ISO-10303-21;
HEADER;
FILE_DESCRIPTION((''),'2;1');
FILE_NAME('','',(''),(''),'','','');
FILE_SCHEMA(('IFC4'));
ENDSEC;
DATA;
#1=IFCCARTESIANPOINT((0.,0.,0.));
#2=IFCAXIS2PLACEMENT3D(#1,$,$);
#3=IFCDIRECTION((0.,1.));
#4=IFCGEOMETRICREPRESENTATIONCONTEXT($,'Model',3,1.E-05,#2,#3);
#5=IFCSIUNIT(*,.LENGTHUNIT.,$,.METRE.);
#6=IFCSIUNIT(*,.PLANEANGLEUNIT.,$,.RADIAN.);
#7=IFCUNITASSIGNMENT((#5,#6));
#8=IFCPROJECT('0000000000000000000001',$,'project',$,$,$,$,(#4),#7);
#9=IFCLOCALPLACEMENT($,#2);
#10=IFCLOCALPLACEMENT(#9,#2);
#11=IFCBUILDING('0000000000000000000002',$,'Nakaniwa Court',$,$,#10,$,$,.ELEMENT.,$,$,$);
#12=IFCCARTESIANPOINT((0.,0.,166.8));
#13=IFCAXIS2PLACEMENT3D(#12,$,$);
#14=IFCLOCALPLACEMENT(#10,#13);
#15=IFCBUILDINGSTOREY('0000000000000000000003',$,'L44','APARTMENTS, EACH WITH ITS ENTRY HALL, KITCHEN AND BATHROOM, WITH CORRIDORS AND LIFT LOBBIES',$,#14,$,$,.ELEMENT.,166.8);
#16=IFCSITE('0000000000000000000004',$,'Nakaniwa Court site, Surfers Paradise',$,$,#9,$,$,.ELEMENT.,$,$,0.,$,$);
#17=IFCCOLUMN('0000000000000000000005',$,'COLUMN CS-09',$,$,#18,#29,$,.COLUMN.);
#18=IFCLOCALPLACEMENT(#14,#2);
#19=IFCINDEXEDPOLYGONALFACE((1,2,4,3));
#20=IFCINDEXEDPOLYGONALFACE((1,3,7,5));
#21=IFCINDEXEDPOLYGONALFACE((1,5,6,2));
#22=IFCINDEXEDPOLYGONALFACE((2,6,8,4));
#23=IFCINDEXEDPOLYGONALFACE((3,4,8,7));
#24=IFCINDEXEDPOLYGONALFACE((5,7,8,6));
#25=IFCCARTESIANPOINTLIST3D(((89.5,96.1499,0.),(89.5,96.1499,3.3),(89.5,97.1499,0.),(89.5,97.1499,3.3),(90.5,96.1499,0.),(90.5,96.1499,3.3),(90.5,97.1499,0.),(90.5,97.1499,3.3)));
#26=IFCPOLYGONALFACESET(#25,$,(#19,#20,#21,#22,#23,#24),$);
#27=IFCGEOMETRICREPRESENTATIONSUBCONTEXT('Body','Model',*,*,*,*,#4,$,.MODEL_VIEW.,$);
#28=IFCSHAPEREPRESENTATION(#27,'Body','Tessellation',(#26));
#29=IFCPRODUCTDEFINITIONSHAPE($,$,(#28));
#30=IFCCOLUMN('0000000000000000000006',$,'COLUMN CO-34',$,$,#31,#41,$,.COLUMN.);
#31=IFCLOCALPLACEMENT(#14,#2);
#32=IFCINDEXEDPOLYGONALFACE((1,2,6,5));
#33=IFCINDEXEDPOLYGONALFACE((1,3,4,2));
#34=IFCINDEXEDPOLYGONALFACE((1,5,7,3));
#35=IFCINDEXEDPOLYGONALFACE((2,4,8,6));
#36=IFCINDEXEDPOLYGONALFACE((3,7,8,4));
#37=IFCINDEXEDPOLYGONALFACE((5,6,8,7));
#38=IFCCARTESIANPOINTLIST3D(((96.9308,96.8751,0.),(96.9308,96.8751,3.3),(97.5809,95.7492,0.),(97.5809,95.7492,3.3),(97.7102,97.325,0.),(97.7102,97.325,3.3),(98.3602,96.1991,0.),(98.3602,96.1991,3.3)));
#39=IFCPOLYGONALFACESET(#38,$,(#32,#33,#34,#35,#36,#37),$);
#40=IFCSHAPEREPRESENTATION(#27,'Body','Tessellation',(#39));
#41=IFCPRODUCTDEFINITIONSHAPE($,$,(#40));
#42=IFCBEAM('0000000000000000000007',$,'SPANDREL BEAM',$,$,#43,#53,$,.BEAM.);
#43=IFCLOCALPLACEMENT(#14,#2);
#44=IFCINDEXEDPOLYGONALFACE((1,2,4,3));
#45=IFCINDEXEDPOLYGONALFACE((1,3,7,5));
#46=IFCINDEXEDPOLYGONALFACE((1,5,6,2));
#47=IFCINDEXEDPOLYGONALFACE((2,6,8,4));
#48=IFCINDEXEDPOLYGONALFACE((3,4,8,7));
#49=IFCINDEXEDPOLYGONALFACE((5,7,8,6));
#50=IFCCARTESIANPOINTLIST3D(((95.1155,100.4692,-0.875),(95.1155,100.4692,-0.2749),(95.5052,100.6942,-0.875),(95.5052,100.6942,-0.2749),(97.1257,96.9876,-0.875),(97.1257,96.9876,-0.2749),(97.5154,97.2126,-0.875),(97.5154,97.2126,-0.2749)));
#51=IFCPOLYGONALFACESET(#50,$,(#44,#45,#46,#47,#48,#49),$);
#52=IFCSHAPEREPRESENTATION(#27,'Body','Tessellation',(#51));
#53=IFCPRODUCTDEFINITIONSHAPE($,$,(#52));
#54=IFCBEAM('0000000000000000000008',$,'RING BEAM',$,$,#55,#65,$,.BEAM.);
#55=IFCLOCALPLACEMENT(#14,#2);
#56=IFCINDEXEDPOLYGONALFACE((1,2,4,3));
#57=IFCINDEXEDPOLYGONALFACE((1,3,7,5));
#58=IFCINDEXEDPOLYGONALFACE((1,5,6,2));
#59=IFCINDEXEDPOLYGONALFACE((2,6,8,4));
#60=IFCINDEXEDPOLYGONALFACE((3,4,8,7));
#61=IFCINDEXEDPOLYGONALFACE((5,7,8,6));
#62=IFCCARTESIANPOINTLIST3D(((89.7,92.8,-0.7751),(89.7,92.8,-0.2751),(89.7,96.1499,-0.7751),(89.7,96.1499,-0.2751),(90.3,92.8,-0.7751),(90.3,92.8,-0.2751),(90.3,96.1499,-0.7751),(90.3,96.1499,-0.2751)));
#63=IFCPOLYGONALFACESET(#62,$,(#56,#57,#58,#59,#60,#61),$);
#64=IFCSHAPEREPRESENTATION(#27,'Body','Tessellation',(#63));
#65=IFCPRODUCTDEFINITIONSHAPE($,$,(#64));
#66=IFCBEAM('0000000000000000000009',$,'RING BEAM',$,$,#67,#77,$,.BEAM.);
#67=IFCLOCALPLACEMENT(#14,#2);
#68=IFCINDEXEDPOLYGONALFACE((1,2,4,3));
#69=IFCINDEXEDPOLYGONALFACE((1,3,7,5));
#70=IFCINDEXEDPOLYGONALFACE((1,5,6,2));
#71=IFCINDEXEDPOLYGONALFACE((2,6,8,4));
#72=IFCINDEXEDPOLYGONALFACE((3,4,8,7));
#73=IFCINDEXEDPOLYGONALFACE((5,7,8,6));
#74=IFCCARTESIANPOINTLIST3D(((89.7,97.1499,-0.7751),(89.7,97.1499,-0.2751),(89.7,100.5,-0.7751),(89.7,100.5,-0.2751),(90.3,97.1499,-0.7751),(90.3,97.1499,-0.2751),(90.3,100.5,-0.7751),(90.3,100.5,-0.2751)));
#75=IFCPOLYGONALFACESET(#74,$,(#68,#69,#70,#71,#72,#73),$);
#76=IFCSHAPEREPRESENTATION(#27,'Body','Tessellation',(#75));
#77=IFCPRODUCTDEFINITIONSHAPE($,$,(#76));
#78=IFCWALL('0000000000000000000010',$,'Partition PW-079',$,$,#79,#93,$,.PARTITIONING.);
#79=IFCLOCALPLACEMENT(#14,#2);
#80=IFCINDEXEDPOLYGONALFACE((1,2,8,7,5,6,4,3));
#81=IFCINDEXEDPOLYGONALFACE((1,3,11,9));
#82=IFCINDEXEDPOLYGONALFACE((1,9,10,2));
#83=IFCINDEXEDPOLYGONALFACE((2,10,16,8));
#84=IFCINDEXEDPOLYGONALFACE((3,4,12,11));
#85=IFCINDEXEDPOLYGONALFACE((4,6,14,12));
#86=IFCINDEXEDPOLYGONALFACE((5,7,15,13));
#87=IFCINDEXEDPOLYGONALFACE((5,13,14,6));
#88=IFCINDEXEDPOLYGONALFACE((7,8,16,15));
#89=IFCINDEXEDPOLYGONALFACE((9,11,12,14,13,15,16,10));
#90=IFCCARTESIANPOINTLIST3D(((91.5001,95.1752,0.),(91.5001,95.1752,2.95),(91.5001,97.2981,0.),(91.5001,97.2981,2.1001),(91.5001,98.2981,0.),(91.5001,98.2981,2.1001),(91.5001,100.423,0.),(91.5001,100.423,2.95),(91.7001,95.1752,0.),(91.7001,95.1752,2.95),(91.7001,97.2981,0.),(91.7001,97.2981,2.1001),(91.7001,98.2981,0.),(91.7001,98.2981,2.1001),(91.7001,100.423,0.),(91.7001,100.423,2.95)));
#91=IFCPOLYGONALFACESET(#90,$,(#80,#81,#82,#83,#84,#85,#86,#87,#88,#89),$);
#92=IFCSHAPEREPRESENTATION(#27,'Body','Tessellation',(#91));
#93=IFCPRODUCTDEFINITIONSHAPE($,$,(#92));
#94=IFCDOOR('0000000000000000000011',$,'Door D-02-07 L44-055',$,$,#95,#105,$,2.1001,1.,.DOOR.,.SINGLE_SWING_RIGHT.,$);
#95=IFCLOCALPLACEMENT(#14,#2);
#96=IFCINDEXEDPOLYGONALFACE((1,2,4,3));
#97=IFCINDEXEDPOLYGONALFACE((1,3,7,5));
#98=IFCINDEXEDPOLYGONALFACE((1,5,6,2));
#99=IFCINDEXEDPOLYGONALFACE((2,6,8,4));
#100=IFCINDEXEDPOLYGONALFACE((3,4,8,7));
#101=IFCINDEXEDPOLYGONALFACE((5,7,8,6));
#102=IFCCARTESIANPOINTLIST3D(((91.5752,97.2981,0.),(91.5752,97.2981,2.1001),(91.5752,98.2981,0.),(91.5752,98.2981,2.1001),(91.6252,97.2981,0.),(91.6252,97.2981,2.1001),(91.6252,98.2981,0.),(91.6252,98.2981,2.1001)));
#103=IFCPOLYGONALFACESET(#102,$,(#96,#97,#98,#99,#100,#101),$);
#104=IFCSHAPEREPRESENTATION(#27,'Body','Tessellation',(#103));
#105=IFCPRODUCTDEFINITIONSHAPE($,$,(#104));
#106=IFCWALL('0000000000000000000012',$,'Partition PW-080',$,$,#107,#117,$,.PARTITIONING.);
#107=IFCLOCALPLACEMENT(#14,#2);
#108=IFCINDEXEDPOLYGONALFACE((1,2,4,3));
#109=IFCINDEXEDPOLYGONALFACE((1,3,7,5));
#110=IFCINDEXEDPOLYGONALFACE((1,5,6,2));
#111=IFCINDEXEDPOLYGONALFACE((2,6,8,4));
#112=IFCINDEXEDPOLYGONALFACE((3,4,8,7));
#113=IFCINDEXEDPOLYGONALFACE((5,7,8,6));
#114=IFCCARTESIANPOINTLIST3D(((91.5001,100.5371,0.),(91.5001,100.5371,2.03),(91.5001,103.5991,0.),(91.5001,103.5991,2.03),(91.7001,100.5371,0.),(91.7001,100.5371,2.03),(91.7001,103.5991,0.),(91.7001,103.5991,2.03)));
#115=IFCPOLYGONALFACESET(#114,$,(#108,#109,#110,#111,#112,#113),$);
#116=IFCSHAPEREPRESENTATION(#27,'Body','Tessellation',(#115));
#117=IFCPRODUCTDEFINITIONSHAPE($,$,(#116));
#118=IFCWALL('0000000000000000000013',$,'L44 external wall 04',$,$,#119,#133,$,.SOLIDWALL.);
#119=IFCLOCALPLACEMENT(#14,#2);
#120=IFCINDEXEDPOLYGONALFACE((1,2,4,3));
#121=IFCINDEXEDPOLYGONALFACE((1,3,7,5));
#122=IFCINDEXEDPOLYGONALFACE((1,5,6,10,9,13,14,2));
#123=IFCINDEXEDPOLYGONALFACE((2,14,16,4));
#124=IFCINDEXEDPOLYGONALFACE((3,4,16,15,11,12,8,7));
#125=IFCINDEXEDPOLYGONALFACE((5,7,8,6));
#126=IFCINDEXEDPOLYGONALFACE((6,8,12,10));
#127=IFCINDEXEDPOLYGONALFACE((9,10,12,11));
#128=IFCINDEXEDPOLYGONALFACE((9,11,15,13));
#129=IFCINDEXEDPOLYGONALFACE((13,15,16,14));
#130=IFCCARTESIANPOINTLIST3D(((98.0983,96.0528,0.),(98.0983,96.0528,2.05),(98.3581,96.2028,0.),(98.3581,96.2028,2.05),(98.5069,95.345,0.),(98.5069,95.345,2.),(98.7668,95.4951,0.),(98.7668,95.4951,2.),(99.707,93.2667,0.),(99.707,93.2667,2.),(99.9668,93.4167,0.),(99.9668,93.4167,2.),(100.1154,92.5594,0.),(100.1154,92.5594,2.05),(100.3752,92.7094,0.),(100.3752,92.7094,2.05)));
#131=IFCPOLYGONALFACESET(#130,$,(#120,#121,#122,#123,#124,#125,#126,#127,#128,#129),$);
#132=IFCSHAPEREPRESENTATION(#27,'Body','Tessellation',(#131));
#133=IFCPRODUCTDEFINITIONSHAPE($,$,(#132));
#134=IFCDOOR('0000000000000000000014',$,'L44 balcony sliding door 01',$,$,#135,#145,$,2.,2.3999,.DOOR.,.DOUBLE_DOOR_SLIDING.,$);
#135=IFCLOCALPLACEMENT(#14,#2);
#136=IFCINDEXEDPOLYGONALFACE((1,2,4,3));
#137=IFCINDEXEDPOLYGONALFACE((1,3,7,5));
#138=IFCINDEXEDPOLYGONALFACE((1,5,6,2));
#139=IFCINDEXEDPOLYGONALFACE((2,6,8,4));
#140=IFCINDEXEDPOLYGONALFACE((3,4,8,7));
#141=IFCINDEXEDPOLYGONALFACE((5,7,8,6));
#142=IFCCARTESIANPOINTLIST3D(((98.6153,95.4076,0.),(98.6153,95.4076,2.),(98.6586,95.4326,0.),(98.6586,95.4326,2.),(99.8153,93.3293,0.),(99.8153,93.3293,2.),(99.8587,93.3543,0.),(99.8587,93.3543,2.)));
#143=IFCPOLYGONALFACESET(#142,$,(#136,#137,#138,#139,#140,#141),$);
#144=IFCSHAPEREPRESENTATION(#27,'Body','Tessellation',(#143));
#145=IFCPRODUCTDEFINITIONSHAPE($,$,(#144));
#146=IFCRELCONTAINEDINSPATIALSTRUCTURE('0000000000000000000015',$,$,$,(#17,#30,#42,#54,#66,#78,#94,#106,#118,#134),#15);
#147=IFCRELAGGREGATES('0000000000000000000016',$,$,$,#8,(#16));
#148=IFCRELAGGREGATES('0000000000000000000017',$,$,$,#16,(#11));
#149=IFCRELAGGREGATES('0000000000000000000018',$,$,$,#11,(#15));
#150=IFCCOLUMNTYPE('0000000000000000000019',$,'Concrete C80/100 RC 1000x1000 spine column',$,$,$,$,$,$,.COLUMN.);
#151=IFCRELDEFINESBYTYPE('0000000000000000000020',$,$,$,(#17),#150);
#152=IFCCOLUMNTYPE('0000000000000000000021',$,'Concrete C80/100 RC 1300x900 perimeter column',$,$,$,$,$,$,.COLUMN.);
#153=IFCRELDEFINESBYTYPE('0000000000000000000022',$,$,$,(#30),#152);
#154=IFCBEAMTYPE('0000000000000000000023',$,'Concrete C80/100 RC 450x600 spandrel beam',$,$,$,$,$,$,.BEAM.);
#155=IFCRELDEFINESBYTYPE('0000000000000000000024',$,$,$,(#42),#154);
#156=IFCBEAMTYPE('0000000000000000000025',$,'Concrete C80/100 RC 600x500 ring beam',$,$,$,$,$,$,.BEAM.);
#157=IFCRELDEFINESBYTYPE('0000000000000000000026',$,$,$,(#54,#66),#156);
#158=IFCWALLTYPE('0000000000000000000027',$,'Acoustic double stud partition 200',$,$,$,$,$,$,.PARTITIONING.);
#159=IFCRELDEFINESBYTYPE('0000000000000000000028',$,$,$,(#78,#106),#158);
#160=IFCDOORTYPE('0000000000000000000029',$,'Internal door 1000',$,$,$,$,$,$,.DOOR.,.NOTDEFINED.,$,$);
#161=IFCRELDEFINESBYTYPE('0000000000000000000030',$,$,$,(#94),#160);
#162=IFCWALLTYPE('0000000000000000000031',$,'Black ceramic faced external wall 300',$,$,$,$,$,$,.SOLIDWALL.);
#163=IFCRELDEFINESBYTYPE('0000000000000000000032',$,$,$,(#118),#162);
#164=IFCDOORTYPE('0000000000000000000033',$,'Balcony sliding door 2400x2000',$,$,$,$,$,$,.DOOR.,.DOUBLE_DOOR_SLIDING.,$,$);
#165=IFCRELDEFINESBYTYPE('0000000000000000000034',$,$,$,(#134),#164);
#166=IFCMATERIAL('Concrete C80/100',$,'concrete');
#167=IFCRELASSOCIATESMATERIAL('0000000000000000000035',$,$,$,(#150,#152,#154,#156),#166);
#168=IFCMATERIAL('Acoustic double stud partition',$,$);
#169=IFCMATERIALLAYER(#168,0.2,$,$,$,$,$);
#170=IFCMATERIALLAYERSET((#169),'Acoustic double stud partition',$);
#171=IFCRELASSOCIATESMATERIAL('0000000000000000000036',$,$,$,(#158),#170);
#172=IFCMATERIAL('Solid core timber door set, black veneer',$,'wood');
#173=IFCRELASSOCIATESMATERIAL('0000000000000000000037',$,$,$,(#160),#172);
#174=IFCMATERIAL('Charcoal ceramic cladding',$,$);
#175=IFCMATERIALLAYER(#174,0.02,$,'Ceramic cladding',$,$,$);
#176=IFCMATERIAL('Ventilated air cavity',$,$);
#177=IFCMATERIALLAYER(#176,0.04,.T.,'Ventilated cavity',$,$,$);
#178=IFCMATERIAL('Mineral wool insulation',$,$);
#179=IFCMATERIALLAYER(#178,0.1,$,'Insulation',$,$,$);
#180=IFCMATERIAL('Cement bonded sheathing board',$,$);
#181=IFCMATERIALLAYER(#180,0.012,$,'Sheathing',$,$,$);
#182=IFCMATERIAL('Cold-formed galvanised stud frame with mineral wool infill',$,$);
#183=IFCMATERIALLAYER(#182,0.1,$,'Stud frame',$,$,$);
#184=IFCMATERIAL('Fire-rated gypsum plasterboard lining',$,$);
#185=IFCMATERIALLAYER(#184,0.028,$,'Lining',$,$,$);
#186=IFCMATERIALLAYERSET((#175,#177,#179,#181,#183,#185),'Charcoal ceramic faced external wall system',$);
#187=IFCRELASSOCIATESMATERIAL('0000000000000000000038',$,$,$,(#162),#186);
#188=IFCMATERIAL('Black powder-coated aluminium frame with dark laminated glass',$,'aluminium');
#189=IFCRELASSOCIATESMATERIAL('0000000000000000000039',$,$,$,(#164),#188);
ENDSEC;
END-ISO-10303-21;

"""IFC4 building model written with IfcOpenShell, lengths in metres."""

from ifc_helpers import new_model, si_unit, direction, frame, frame_2d, origin, origin_2d, place, context, subcontext, project, spatial, rectangle, extrude, material, layer, layer_set, material_profile, profile_set, type_object, element, fill, save


model = new_model("IFC4")

# Units and contexts
model_context = context("Model", 3, precision=1e-05, world=origin(), true_north=direction((0.0, 1.0)))
body_context = subcontext(model_context, "Body", "Model", "MODEL_VIEW")
ifc_project = project(units=[si_unit("LENGTHUNIT", "METRE"), si_unit("PLANEANGLEUNIT", "RADIAN")], contexts=[model_context])

# Site, building, storey
site_placement = place(None, origin())
site = spatial("IfcSite", under=ifc_project, at=site_placement, Name="Nakaniwa Court site, Surfers Paradise", CompositionType="ELEMENT", RefElevation=0.0)
building_placement = place(site_placement, origin())
building = spatial("IfcBuilding", under=site, at=building_placement, Name="Nakaniwa Court", CompositionType="ELEMENT")
storey_placement = place(building_placement, frame((0.0, 0.0, 166.8)))
storey = spatial("IfcBuildingStorey", under=building, at=storey_placement, Name="L44", Description="APARTMENTS, EACH WITH ITS ENTRY HALL, KITCHEN AND BATHROOM, WITH CORRIDORS AND LIFT LOBBIES", CompositionType="ELEMENT", Elevation=166.8)

# Columns
ifc_material_1 = material(Name="Concrete C80/100", Category="concrete")
ifc_material_profile_1 = material_profile(ifc_material_1, rectangle(XDim=1.0, YDim=1.0, at=origin_2d()), Name="Concrete C80/100 RC 1000x1000 spine column")
ifc_profile_set_1 = profile_set([ifc_material_profile_1], Name="Concrete C80/100")
column_type_1 = type_object("IfcColumnType", Name="Concrete C80/100 RC 1000x1000 spine column", PredefinedType="COLUMN", material=ifc_profile_set_1)
column_1_placement = place(storey_placement, frame((90.0, 96.6499, 0.0), z_axis=(0.0, 0.0, 1.0), x_axis=(0.0, 1.0, 0.0)))
element("IfcColumn", 1, at=column_1_placement, inside=storey, type_object=column_type_1, Name="COLUMN CS-09", PredefinedType="COLUMN", context=body_context, shape_type="SweptSolid", body=[
    extrude(rectangle(XDim=1.0, YDim=1.0, at=origin_2d()), origin(), (0.0, 0.0, 1.0), 3.3),
])
ifc_material_profile_2 = material_profile(ifc_material_1, rectangle(XDim=1.3, YDim=0.8999, at=origin_2d()), Name="Concrete C80/100 RC 1300x900 perimeter column")
ifc_profile_set_2 = profile_set([ifc_material_profile_2], Name="Concrete C80/100")
column_type_2 = type_object("IfcColumnType", Name="Concrete C80/100 RC 1300x900 perimeter column", PredefinedType="COLUMN", material=ifc_profile_set_2)
column_2_placement = place(storey_placement, frame((97.6455, 96.5371, 0.0), z_axis=(0.0, 0.0, 1.0), x_axis=(-0.5, 0.866025, 0.0)))
element("IfcColumn", 2, at=column_2_placement, inside=storey, type_object=column_type_2, Name="COLUMN CO-34", PredefinedType="COLUMN", context=body_context, shape_type="SweptSolid", body=[
    extrude(rectangle(XDim=1.3, YDim=0.8999, at=origin_2d()), origin(), (0.0, 0.0, 1.0), 3.3),
])

# Beams
ifc_material_profile_3 = material_profile(ifc_material_1, rectangle(XDim=0.45, YDim=0.6001, at=origin_2d()), Name="Concrete C80/100 RC 450x600 spandrel beam")
ifc_profile_set_3 = profile_set([ifc_material_profile_3], Name="Concrete C80/100")
beam_type_1 = type_object("IfcBeamType", Name="Concrete C80/100 RC 450x600 spandrel beam", PredefinedType="BEAM", material=ifc_profile_set_3)
beam_1_placement = place(storey_placement, frame((97.3206, 97.1001, -0.575), z_axis=(-0.500019, 0.866015, 0.0), x_axis=(-0.866015, -0.500019, 0.0)))
element("IfcBeam", 3, at=beam_1_placement, inside=storey, type_object=beam_type_1, Name="SPANDREL BEAM", PredefinedType="BEAM", context=body_context, shape_type="SweptSolid", body=[
    extrude(rectangle(XDim=0.45, YDim=0.6001, at=origin_2d()), origin(), (0.0, 0.0, 1.0), 4.0203),
])
ifc_material_profile_4 = material_profile(ifc_material_1, rectangle(XDim=0.6001, YDim=0.5, at=origin_2d()), Name="Concrete C80/100 RC 600x500 ring beam")
ifc_profile_set_4 = profile_set([ifc_material_profile_4], Name="Concrete C80/100")
beam_type_2 = type_object("IfcBeamType", Name="Concrete C80/100 RC 600x500 ring beam", PredefinedType="BEAM", material=ifc_profile_set_4)
beam_2_placement = place(storey_placement, frame((90.0, 92.8, -0.5251), z_axis=(0.0, 1.0, 0.0), x_axis=(-1.0, 0.0, 0.0)))
element("IfcBeam", 4, at=beam_2_placement, inside=storey, type_object=beam_type_2, Name="RING BEAM", PredefinedType="BEAM", context=body_context, shape_type="SweptSolid", body=[
    extrude(rectangle(XDim=0.6001, YDim=0.5, at=origin_2d()), origin(), (0.0, 0.0, 1.0), 3.3499),
])
beam_3_placement = place(storey_placement, frame((90.0, 97.1499, -0.5251), z_axis=(0.0, 1.0, 0.0), x_axis=(-1.0, 0.0, 0.0)))
element("IfcBeam", 5, at=beam_3_placement, inside=storey, type_object=beam_type_2, Name="RING BEAM", PredefinedType="BEAM", context=body_context, shape_type="SweptSolid", body=[
    extrude(rectangle(XDim=0.6001, YDim=0.5, at=origin_2d()), origin(), (0.0, 0.0, 1.0), 3.3501),
])

# Wall, opening, door
ifc_material_2 = material(Name="Acoustic double stud partition")
ifc_layer_1 = layer(ifc_material_2, 0.2)
ifc_layer_set_1 = layer_set([ifc_layer_1], Name="Acoustic double stud partition")
wall_type_1 = type_object("IfcWallType", Name="Acoustic double stud partition 200", PredefinedType="PARTITIONING", material=ifc_layer_set_1)
wall_1_placement = place(storey_placement, frame((91.6001, 95.175, 0.0), z_axis=(0.0, 0.0, 1.0), x_axis=(0.0, 1.0, 0.0)))
wall_1 = element("IfcWall", 6, at=wall_1_placement, inside=storey, type_object=wall_type_1, Name="Partition PW-079", PredefinedType="PARTITIONING", context=body_context, shape_type="SweptSolid", body=[
    extrude(rectangle(XDim=5.2478, YDim=0.2, at=frame_2d((2.624, 0.0))), origin(), (0.0, 0.0, 1.0), 2.95),
])
opening_1_placement = place(wall_1_placement, frame((2.123, 0.0, 0.0)))
opening_1 = element("IfcOpeningElement", 7, at=opening_1_placement, cuts=wall_1, PredefinedType="OPENING", context=body_context, shape_type="SweptSolid", body=[
    extrude(rectangle(XDim=1.0, YDim=2.1001, at=frame_2d((0.5, 1.05))), frame((0.0, 0.1099, 0.0), z_axis=(0.0, -1.0, 0.0), x_axis=(1.0, 0.0, 0.0)), (0.0, 0.0, 1.0), 0.22),
])
ifc_material_3 = material(Name="Solid core timber door set, black veneer", Category="wood")
door_type_1 = type_object("IfcDoorType", Name="Internal door 1000", OperationType="NOTDEFINED", PredefinedType="DOOR", material=ifc_material_3)
door_1_placement = place(opening_1_placement, origin())
door_1 = element("IfcDoor", 8, at=door_1_placement, inside=storey, type_object=door_type_1, Name="Door D-02-07 L44-055", OperationType="SINGLE_SWING_RIGHT", OverallHeight=2.1001, OverallWidth=1.0, PredefinedType="DOOR", context=body_context, shape_type="SweptSolid", body=[
    extrude(rectangle(XDim=1.0, YDim=2.1001, at=frame_2d((0.5, 1.05))), frame((0.0, 0.0249, 0.0), z_axis=(0.0, -1.0, 0.0), x_axis=(1.0, 0.0, 0.0)), (0.0, 0.0, 1.0), 0.05),
])
fill(opening_1, door_1)

# Wall
wall_2_placement = place(storey_placement, frame((91.6001, 100.5371, 0.0), z_axis=(0.0, 0.0, 1.0), x_axis=(0.0, 1.0, 0.0)))
element("IfcWall", 9, at=wall_2_placement, inside=storey, type_object=wall_type_1, Name="Partition PW-080", PredefinedType="PARTITIONING", context=body_context, shape_type="SweptSolid", body=[
    extrude(rectangle(XDim=3.062, YDim=0.2, at=frame_2d((1.531, 0.0))), origin(), (0.0, 0.0, 1.0), 2.03),
])

# Wall, opening, door
ifc_material_4 = material(Name="Charcoal ceramic cladding")
ifc_layer_2 = layer(ifc_material_4, 0.02, Name="Ceramic cladding")
ifc_material_5 = material(Name="Ventilated air cavity")
ifc_layer_3 = layer(ifc_material_5, 0.04, ventilated=True, Name="Ventilated cavity")
ifc_material_6 = material(Name="Mineral wool insulation")
ifc_layer_4 = layer(ifc_material_6, 0.1, Name="Insulation")
ifc_material_7 = material(Name="Cement bonded sheathing board")
ifc_layer_5 = layer(ifc_material_7, 0.012, Name="Sheathing")
ifc_material_8 = material(Name="Cold-formed galvanised stud frame with mineral wool infill")
ifc_layer_6 = layer(ifc_material_8, 0.1, Name="Stud frame")
ifc_material_9 = material(Name="Fire-rated gypsum plasterboard lining")
ifc_layer_7 = layer(ifc_material_9, 0.028, Name="Lining")
ifc_layer_set_2 = layer_set([ifc_layer_2, ifc_layer_3, ifc_layer_4, ifc_layer_5, ifc_layer_6, ifc_layer_7], Name="Charcoal ceramic faced external wall system")
wall_type_2 = type_object("IfcWallType", Name="Black ceramic faced external wall 300", PredefinedType="SOLIDWALL", material=ifc_layer_set_2)
wall_3_placement = place(storey_placement, frame((100.2454, 92.6343, 0.0), z_axis=(0.0, 0.0, 1.0), x_axis=(-0.500032, 0.866007, 0.0)))
wall_3 = element("IfcWall", 10, at=wall_3_placement, inside=storey, type_object=wall_type_2, Name="L44 external wall 04", PredefinedType="SOLIDWALL", context=body_context, shape_type="SweptSolid", body=[
    extrude(rectangle(XDim=4.0339, YDim=0.3, at=frame_2d((2.0171, 0.0))), origin(), (0.0, 0.0, 1.0), 2.05),
])
opening_2_placement = place(wall_3_placement, frame((0.8169, 0.0, 0.0)))
opening_2 = element("IfcOpeningElement", 11, at=opening_2_placement, cuts=wall_3, PredefinedType="OPENING", context=body_context, shape_type="SweptSolid", body=[
    extrude(rectangle(XDim=2.3999, YDim=2.0, at=frame_2d((1.2, 1.0))), frame((0.0, 0.1599, 0.0), z_axis=(0.0, -1.0, 0.0), x_axis=(1.0, 0.0, 0.0)), (0.0, 0.0, 1.0), 0.3201),
])
ifc_material_10 = material(Name="Black powder-coated aluminium frame with dark laminated glass", Category="aluminium")
door_type_2 = type_object("IfcDoorType", Name="Balcony sliding door 2400x2000", OperationType="DOUBLE_DOOR_SLIDING", PredefinedType="DOOR", material=ifc_material_10)
door_2_placement = place(opening_2_placement, origin())
door_2 = element("IfcDoor", 12, at=door_2_placement, inside=storey, type_object=door_type_2, Name="L44 balcony sliding door 01", OperationType="DOUBLE_DOOR_SLIDING", OverallHeight=2.0, OverallWidth=2.3999, PredefinedType="DOOR", context=body_context, shape_type="SweptSolid", body=[
    extrude(rectangle(XDim=2.3999, YDim=2.0, at=frame_2d((1.2, 1.0))), frame((0.0, 0.0249, 0.0), z_axis=(0.0, -1.0, 0.0), x_axis=(1.0, 0.0, 0.0)), (0.0, 0.0, 1.0), 0.05),
])
fill(opening_2, door_2)

save(model, "model.ifc")
